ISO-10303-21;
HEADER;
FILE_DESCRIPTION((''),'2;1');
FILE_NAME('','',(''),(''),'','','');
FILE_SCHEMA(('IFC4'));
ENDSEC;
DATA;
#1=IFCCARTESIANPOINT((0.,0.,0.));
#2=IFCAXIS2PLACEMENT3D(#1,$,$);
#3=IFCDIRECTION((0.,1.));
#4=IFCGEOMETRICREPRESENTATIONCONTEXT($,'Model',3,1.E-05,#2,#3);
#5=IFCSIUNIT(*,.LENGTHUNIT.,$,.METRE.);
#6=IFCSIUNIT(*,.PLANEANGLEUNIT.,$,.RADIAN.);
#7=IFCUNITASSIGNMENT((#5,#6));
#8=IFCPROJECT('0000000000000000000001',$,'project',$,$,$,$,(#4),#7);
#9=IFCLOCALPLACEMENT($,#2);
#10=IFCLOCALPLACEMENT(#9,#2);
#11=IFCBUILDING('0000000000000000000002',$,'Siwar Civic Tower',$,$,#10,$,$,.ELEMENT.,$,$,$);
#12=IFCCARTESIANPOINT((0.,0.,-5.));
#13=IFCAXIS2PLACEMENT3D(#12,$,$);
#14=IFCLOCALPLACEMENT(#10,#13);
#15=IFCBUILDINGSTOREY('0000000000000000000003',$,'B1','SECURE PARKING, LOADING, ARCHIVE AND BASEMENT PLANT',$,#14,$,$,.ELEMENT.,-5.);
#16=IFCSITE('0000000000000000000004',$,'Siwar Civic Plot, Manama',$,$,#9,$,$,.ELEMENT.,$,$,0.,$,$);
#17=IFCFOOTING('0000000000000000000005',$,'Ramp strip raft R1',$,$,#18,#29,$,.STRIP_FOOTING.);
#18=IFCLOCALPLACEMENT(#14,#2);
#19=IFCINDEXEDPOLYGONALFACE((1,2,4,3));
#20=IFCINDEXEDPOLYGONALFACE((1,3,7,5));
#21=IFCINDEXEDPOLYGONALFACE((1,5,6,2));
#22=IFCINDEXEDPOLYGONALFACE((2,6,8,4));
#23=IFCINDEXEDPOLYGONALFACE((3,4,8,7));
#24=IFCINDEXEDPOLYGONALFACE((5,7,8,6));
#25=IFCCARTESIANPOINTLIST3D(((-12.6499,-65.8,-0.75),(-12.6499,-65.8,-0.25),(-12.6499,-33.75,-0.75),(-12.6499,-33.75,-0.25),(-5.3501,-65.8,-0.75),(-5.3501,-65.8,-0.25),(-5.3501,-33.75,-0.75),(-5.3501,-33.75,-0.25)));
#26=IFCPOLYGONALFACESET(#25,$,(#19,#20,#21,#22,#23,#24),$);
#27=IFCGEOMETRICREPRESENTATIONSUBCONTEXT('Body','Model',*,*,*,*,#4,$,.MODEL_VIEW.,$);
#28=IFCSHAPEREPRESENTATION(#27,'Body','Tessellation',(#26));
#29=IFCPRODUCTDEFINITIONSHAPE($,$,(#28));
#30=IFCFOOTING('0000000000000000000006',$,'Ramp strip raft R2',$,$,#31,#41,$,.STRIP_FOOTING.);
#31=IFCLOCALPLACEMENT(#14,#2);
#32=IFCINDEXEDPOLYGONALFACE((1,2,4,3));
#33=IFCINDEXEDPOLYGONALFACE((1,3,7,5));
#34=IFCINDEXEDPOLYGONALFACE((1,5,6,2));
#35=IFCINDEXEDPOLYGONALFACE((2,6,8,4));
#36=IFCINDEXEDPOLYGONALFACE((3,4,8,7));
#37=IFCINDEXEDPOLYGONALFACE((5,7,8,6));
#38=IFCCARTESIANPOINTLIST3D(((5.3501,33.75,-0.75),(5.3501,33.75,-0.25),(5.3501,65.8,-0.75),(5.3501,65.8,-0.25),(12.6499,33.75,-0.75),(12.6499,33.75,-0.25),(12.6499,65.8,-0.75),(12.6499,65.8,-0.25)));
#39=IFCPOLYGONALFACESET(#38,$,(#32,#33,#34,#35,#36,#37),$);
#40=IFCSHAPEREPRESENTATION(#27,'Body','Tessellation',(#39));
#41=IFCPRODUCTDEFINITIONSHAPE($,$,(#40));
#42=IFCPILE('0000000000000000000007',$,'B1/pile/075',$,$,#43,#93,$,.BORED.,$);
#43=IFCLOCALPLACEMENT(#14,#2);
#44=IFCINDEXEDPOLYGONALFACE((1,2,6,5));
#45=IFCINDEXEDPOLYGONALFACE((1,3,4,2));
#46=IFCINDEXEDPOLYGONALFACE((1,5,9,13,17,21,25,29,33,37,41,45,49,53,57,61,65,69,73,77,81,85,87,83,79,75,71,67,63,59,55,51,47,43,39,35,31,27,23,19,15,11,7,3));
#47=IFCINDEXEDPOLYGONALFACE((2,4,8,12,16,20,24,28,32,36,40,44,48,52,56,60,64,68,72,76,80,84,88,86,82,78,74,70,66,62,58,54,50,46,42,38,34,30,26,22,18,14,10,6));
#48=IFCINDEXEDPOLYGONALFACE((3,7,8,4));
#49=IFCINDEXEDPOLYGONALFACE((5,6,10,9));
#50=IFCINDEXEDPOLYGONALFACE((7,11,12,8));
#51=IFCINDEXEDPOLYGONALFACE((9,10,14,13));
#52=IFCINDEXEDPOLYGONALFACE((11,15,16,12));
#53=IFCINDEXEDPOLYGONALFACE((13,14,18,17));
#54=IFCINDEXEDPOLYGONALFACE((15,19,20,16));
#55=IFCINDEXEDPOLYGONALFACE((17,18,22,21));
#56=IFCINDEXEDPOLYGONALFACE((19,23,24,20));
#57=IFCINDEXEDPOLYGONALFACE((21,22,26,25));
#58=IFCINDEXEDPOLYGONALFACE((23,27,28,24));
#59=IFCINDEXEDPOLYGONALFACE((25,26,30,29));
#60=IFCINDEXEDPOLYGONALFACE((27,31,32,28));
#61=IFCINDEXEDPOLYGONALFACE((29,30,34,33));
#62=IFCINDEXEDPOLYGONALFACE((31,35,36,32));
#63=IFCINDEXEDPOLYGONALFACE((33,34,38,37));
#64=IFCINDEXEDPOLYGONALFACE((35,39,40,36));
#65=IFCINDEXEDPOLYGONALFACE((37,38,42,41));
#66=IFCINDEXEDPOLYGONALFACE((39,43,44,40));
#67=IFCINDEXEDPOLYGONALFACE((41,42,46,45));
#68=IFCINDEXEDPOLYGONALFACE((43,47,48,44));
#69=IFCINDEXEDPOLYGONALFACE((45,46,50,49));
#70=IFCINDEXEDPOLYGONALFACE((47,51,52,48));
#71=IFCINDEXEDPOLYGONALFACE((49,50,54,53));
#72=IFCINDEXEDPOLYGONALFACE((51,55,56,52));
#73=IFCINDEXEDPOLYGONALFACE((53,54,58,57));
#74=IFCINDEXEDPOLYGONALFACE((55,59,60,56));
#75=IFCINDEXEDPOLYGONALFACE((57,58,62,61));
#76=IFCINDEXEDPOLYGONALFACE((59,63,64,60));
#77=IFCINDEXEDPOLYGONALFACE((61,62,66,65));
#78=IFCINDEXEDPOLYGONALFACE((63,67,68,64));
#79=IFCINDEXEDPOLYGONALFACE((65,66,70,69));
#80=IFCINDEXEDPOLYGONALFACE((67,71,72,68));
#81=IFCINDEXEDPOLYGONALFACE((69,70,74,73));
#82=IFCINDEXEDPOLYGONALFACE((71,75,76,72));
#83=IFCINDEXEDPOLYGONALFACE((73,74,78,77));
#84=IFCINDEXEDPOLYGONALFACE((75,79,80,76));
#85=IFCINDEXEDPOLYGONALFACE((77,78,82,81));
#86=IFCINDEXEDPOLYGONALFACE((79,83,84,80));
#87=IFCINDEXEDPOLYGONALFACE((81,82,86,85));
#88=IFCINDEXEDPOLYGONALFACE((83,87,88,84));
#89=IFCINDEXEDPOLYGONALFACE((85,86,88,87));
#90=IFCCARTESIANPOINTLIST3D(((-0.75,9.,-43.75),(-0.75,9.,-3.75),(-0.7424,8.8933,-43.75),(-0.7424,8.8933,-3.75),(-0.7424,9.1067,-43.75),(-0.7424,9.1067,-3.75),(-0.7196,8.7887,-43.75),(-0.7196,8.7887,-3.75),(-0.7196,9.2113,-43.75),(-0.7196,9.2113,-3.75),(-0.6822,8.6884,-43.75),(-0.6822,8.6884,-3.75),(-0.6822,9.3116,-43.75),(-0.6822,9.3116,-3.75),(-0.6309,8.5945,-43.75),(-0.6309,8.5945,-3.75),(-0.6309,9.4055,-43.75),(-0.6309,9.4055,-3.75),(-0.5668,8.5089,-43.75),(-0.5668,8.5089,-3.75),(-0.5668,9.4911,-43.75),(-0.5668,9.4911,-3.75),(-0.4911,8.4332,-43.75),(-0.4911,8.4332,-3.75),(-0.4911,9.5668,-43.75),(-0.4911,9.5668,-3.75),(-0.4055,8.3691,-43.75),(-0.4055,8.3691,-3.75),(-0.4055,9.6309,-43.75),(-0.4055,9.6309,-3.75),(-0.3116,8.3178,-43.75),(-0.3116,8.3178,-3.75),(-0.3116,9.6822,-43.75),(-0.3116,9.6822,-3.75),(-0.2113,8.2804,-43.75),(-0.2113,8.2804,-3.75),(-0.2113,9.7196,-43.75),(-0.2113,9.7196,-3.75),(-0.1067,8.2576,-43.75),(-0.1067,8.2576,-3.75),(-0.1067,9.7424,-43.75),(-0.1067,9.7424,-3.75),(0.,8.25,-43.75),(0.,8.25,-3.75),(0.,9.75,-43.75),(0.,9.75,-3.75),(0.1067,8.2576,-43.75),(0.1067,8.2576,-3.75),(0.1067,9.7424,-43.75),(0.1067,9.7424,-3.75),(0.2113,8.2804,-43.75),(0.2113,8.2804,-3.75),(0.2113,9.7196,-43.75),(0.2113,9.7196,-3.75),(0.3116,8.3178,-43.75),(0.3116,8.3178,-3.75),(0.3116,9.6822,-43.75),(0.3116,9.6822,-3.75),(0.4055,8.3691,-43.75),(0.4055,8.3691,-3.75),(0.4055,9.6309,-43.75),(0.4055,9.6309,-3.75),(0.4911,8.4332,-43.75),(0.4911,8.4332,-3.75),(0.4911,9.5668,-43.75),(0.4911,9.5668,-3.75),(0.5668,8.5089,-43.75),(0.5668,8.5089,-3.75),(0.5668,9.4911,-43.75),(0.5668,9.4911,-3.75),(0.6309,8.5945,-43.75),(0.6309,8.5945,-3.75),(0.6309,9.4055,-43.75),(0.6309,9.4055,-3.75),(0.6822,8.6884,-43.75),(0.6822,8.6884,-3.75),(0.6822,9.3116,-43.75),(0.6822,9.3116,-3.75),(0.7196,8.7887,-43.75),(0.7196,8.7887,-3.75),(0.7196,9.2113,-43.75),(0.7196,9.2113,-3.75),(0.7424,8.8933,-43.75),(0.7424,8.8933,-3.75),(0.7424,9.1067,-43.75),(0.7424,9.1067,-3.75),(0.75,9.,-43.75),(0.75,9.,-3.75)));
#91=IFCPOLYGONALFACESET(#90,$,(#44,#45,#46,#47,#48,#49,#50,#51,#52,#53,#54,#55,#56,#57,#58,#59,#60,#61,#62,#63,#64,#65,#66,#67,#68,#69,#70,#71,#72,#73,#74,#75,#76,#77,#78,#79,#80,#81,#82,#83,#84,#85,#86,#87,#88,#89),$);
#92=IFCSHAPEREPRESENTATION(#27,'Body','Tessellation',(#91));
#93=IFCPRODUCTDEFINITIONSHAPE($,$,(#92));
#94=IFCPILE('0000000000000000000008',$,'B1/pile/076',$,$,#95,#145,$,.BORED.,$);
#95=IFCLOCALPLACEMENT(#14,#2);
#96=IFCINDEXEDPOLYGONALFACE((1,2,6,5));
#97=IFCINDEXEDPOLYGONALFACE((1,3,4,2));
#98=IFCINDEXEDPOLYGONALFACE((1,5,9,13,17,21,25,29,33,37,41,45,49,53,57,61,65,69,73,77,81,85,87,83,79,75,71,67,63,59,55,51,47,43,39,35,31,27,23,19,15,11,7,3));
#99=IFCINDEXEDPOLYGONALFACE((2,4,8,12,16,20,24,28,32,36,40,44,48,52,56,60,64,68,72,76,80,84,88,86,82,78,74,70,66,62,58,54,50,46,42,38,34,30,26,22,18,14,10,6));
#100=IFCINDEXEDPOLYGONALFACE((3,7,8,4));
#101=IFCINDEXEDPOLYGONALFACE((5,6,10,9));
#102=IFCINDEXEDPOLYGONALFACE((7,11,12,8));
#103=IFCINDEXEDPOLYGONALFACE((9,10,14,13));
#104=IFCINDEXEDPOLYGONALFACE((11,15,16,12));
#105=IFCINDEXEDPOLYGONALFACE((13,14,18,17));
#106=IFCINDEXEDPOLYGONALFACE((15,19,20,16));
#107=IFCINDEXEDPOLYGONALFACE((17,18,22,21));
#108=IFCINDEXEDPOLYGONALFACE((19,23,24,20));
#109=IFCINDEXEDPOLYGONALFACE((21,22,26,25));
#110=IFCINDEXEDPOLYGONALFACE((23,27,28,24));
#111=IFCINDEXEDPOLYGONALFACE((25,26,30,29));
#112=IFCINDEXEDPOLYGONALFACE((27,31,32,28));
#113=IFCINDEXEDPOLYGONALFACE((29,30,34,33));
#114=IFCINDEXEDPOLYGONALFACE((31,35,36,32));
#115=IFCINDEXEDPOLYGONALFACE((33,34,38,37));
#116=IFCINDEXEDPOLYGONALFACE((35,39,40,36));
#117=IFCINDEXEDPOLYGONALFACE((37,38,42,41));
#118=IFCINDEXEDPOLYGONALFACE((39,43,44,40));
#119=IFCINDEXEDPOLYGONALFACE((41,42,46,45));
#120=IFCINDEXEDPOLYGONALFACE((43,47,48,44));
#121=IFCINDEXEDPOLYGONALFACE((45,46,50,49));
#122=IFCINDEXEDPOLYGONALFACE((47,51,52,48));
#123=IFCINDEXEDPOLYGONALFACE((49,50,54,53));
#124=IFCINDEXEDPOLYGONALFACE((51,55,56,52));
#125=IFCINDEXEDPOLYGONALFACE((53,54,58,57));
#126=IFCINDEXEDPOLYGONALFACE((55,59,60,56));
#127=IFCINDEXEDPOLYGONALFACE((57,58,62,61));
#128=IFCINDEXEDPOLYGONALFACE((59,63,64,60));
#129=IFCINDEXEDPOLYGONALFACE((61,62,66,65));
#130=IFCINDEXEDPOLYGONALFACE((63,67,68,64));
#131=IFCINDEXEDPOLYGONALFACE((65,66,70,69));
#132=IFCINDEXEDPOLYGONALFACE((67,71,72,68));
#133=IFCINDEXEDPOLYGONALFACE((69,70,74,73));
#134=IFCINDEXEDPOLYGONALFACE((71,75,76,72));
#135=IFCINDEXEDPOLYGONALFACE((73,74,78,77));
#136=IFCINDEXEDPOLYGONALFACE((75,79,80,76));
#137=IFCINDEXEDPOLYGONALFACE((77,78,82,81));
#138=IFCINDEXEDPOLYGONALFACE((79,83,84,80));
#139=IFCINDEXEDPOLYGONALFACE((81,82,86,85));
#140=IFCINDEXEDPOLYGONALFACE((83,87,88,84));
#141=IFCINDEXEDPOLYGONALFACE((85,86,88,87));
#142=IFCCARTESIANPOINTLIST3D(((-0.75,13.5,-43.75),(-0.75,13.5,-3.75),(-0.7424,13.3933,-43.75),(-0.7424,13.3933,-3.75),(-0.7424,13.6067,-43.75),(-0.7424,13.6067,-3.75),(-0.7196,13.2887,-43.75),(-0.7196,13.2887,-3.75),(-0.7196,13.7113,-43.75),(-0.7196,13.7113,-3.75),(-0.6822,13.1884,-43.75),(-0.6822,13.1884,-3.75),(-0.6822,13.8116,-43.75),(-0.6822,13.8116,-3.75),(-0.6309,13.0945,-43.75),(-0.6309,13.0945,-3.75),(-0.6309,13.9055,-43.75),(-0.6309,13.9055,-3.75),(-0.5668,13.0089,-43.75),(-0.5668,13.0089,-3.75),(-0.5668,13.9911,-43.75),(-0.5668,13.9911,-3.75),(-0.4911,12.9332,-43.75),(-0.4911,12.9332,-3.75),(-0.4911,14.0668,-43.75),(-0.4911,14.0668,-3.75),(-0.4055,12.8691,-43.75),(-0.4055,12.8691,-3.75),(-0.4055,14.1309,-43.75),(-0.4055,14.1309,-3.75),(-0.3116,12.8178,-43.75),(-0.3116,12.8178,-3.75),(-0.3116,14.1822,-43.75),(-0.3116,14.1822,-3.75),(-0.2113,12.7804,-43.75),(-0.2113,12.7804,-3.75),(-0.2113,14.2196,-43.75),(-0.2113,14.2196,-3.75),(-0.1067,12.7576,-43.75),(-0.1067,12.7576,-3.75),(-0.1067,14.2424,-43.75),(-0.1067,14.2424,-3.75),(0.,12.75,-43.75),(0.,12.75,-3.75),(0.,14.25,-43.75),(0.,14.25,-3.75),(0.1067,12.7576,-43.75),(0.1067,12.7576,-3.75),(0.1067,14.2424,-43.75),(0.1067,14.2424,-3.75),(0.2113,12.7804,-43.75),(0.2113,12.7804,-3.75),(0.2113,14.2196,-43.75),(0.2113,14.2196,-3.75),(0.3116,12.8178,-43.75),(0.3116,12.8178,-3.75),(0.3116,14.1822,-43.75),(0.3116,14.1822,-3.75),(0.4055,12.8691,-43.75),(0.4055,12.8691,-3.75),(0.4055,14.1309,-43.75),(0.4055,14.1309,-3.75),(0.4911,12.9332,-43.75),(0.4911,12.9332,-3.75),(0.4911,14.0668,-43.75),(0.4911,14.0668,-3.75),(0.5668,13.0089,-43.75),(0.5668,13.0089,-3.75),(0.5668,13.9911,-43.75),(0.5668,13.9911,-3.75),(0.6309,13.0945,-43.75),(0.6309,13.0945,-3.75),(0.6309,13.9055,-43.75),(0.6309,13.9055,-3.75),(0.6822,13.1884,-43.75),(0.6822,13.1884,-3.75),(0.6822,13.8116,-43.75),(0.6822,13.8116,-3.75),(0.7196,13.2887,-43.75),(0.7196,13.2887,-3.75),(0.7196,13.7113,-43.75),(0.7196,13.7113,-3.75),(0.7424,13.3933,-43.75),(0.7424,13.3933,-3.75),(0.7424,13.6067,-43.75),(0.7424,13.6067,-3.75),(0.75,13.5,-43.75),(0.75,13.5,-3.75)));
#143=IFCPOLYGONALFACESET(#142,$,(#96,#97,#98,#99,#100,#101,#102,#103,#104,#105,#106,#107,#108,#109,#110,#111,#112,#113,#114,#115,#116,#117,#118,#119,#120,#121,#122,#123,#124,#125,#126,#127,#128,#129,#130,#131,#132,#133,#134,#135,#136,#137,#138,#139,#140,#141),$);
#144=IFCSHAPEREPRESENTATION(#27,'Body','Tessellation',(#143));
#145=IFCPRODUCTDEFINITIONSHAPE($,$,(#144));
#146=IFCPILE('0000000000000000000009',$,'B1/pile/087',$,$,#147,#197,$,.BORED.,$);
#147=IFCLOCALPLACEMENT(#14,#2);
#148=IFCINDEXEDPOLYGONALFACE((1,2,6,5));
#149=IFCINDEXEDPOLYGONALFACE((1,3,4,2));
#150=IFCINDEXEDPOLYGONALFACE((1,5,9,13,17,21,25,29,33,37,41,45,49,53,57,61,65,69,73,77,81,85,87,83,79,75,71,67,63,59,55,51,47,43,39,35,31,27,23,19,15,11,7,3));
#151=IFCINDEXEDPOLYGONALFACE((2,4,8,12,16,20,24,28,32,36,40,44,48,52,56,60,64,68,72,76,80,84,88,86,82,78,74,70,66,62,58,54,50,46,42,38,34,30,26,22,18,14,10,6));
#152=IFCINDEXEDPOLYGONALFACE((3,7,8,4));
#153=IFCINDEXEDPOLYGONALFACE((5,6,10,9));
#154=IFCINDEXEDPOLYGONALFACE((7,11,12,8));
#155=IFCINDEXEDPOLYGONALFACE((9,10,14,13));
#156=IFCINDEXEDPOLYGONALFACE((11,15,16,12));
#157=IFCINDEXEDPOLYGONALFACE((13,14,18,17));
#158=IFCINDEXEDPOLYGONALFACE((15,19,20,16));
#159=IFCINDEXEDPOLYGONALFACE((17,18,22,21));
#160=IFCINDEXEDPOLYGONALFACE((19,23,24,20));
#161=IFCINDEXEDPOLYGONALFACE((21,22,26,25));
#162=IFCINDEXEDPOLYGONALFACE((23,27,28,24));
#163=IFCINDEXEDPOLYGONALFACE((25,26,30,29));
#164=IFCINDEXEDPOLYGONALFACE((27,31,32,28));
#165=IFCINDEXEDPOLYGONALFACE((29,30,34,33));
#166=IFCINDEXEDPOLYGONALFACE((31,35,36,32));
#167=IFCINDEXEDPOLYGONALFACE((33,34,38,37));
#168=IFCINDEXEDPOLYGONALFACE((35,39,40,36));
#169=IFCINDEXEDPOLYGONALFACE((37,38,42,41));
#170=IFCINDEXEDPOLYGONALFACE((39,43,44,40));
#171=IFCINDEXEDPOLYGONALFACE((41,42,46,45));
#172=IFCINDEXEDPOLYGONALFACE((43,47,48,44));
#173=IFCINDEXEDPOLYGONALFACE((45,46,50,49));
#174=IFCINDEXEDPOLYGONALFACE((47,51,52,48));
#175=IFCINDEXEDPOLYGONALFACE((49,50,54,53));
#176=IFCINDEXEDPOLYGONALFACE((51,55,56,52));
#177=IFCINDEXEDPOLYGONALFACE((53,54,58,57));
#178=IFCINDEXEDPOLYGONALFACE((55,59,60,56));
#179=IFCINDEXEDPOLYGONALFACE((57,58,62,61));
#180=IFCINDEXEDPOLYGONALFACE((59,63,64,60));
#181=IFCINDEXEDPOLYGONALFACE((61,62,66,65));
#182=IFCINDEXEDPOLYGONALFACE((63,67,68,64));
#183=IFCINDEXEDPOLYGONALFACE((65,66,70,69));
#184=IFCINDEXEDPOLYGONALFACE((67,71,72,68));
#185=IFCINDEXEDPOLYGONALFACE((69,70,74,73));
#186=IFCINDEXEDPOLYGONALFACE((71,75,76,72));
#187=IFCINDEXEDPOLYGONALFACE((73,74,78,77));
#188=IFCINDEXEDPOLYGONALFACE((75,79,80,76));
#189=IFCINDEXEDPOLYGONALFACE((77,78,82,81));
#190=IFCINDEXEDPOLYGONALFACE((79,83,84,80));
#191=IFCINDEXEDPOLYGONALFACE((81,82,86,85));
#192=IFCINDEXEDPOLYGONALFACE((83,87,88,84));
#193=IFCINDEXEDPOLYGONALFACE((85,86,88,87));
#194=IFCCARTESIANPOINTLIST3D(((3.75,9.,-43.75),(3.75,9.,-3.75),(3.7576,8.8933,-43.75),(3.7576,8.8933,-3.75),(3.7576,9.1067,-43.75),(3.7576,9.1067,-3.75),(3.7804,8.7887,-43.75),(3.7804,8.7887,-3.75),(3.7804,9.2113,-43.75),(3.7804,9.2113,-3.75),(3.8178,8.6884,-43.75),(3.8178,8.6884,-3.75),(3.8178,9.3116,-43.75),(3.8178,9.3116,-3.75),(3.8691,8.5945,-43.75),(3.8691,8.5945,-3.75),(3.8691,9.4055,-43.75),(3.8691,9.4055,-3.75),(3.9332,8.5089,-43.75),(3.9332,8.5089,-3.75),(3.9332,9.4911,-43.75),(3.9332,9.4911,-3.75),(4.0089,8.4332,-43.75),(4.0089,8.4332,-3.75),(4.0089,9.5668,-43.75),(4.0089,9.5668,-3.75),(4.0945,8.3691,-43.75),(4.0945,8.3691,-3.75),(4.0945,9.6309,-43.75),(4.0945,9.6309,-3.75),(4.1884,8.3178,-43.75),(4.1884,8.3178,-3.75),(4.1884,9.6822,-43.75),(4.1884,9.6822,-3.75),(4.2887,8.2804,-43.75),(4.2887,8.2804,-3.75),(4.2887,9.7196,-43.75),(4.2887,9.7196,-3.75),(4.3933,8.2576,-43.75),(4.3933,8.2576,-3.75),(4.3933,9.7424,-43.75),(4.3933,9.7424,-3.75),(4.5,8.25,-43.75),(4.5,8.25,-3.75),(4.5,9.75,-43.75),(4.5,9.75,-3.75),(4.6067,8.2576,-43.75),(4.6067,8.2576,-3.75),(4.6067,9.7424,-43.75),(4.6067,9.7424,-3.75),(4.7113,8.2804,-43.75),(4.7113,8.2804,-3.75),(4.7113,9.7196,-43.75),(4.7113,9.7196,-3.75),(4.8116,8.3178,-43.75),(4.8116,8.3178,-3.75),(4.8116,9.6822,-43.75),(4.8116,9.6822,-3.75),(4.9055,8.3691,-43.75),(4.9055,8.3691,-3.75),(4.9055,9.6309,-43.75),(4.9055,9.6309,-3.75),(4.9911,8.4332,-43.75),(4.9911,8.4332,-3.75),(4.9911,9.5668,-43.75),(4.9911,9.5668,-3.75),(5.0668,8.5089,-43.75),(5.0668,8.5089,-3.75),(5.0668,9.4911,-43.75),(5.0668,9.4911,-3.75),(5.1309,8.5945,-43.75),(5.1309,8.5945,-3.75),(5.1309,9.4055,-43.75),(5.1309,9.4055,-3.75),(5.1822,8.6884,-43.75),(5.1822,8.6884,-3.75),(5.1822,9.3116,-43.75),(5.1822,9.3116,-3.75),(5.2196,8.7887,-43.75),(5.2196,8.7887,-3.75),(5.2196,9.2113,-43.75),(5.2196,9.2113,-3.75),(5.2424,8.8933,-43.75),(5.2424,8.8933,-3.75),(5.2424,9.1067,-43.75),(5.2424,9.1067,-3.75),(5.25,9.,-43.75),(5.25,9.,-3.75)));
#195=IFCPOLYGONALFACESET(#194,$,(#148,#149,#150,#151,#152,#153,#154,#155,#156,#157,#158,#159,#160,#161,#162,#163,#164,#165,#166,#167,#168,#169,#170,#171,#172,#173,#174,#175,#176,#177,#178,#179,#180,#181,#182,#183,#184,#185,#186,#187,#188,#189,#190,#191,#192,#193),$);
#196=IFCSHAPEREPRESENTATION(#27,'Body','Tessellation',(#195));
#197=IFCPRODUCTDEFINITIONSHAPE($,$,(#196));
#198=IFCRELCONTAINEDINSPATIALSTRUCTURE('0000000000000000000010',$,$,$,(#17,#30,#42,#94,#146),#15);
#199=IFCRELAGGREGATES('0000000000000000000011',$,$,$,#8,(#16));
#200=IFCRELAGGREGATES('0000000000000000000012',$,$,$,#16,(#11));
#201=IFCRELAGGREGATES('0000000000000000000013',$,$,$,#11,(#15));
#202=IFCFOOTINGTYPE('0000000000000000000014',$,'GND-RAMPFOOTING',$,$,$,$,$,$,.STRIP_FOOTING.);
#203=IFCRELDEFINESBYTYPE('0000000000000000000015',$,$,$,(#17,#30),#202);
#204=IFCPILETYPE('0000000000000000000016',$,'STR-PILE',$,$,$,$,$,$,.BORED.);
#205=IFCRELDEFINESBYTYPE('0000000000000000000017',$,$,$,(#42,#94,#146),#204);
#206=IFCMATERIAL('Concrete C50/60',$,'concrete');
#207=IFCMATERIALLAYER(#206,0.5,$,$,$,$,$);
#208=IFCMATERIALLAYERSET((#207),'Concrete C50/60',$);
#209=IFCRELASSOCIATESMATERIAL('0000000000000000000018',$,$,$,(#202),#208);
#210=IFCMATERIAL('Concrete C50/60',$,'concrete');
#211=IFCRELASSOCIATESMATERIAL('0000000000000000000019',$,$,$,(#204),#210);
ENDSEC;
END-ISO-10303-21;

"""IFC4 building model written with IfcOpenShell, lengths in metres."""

from ifc_helpers import new_model, si_unit, direction, frame, origin, origin_2d, place, context, subcontext, project, spatial, polyline, circle, outline, extrude, material, layer, layer_set, material_profile, profile_set, type_object, element, save


model = new_model("IFC4")

# Units and contexts
model_context = context("Model", 3, precision=1e-05, world=origin(), true_north=direction((0.0, 1.0)))
body_context = subcontext(model_context, "Body", "Model", "MODEL_VIEW")
ifc_project = project(units=[si_unit("LENGTHUNIT", "METRE"), si_unit("PLANEANGLEUNIT", "RADIAN")], contexts=[model_context])

# Site, building, storey
site_placement = place(None, origin())
site = spatial("IfcSite", under=ifc_project, at=site_placement, Name="Siwar Civic Plot, Manama", CompositionType="ELEMENT", RefElevation=0.0)
building_placement = place(site_placement, origin())
building = spatial("IfcBuilding", under=site, at=building_placement, Name="Siwar Civic Tower", CompositionType="ELEMENT")
storey_placement = place(building_placement, frame((0.0, 0.0, -5.0)))
storey = spatial("IfcBuildingStorey", under=building, at=storey_placement, Name="B1", Description="SECURE PARKING, LOADING, ARCHIVE AND BASEMENT PLANT", CompositionType="ELEMENT", Elevation=-5.0)

# Footings
ifc_material_1 = material(Name="Concrete C50/60", Category="concrete")
ifc_layer_1 = layer(ifc_material_1, 0.5)
ifc_layer_set_1 = layer_set([ifc_layer_1], Name="Concrete C50/60")
footing_type = type_object("IfcFootingType", Name="GND-RAMPFOOTING", PredefinedType="STRIP_FOOTING", material=ifc_layer_set_1)
footing_1_placement = place(storey_placement, frame((0.0, 0.0, -0.75)))
element("IfcFooting", 1, at=footing_1_placement, inside=storey, type_object=footing_type, Name="Ramp strip raft R1", PredefinedType="STRIP_FOOTING", context=body_context, shape_type="SweptSolid", body=[
    extrude(outline(polyline([(-12.6499, -65.8), (-5.3501, -65.8), (-5.3501, -33.75), (-12.6499, -33.75), (-12.6499, -65.8)])), origin(), (0.0, 0.0, 1.0), 0.5),
])
footing_2_placement = place(storey_placement, frame((0.0, 0.0, -0.75)))
element("IfcFooting", 2, at=footing_2_placement, inside=storey, type_object=footing_type, Name="Ramp strip raft R2", PredefinedType="STRIP_FOOTING", context=body_context, shape_type="SweptSolid", body=[
    extrude(outline(polyline([(5.3501, 33.75), (12.6499, 33.75), (12.6499, 65.8), (5.3501, 65.8), (5.3501, 33.75)])), origin(), (0.0, 0.0, 1.0), 0.5),
])

# Piles
ifc_material_2 = material(Name="Concrete C50/60", Category="concrete")
ifc_material_profile_1 = material_profile(ifc_material_2, circle(Radius=0.75, at=origin_2d()), Name="PILE1500")
ifc_profile_set_1 = profile_set([ifc_material_profile_1], Name="Concrete C50/60")
pile_type = type_object("IfcPileType", Name="STR-PILE", PredefinedType="BORED", material=ifc_profile_set_1)
for number, where, z_axis, x_axis, name in (
    (3, (0.0, 9.0, -3.75), (0.0, 0.0, -1.0), (1.0, 0.0, 0.0), "B1/pile/075"),
    (4, (0.0, 13.5, -3.75), (0.0, 0.0, -1.0), (1.0, 0.0, 0.0), "B1/pile/076"),
    (5, (4.5, 9.0, -3.75), (0.0, 0.0, -1.0), (1.0, 0.0, 0.0), "B1/pile/087"),
):
    element("IfcPile", number, at=place(storey_placement, frame(where, z_axis=z_axis, x_axis=x_axis)), inside=storey, type_object=pile_type, Name=name, PredefinedType="BORED", context=body_context, shape_type="SweptSolid", body=[
        extrude(circle(Radius=0.75, at=origin_2d()), origin(), (0.0, 0.0, 1.0), 40.0),
    ])

save(model, "model.ifc")
